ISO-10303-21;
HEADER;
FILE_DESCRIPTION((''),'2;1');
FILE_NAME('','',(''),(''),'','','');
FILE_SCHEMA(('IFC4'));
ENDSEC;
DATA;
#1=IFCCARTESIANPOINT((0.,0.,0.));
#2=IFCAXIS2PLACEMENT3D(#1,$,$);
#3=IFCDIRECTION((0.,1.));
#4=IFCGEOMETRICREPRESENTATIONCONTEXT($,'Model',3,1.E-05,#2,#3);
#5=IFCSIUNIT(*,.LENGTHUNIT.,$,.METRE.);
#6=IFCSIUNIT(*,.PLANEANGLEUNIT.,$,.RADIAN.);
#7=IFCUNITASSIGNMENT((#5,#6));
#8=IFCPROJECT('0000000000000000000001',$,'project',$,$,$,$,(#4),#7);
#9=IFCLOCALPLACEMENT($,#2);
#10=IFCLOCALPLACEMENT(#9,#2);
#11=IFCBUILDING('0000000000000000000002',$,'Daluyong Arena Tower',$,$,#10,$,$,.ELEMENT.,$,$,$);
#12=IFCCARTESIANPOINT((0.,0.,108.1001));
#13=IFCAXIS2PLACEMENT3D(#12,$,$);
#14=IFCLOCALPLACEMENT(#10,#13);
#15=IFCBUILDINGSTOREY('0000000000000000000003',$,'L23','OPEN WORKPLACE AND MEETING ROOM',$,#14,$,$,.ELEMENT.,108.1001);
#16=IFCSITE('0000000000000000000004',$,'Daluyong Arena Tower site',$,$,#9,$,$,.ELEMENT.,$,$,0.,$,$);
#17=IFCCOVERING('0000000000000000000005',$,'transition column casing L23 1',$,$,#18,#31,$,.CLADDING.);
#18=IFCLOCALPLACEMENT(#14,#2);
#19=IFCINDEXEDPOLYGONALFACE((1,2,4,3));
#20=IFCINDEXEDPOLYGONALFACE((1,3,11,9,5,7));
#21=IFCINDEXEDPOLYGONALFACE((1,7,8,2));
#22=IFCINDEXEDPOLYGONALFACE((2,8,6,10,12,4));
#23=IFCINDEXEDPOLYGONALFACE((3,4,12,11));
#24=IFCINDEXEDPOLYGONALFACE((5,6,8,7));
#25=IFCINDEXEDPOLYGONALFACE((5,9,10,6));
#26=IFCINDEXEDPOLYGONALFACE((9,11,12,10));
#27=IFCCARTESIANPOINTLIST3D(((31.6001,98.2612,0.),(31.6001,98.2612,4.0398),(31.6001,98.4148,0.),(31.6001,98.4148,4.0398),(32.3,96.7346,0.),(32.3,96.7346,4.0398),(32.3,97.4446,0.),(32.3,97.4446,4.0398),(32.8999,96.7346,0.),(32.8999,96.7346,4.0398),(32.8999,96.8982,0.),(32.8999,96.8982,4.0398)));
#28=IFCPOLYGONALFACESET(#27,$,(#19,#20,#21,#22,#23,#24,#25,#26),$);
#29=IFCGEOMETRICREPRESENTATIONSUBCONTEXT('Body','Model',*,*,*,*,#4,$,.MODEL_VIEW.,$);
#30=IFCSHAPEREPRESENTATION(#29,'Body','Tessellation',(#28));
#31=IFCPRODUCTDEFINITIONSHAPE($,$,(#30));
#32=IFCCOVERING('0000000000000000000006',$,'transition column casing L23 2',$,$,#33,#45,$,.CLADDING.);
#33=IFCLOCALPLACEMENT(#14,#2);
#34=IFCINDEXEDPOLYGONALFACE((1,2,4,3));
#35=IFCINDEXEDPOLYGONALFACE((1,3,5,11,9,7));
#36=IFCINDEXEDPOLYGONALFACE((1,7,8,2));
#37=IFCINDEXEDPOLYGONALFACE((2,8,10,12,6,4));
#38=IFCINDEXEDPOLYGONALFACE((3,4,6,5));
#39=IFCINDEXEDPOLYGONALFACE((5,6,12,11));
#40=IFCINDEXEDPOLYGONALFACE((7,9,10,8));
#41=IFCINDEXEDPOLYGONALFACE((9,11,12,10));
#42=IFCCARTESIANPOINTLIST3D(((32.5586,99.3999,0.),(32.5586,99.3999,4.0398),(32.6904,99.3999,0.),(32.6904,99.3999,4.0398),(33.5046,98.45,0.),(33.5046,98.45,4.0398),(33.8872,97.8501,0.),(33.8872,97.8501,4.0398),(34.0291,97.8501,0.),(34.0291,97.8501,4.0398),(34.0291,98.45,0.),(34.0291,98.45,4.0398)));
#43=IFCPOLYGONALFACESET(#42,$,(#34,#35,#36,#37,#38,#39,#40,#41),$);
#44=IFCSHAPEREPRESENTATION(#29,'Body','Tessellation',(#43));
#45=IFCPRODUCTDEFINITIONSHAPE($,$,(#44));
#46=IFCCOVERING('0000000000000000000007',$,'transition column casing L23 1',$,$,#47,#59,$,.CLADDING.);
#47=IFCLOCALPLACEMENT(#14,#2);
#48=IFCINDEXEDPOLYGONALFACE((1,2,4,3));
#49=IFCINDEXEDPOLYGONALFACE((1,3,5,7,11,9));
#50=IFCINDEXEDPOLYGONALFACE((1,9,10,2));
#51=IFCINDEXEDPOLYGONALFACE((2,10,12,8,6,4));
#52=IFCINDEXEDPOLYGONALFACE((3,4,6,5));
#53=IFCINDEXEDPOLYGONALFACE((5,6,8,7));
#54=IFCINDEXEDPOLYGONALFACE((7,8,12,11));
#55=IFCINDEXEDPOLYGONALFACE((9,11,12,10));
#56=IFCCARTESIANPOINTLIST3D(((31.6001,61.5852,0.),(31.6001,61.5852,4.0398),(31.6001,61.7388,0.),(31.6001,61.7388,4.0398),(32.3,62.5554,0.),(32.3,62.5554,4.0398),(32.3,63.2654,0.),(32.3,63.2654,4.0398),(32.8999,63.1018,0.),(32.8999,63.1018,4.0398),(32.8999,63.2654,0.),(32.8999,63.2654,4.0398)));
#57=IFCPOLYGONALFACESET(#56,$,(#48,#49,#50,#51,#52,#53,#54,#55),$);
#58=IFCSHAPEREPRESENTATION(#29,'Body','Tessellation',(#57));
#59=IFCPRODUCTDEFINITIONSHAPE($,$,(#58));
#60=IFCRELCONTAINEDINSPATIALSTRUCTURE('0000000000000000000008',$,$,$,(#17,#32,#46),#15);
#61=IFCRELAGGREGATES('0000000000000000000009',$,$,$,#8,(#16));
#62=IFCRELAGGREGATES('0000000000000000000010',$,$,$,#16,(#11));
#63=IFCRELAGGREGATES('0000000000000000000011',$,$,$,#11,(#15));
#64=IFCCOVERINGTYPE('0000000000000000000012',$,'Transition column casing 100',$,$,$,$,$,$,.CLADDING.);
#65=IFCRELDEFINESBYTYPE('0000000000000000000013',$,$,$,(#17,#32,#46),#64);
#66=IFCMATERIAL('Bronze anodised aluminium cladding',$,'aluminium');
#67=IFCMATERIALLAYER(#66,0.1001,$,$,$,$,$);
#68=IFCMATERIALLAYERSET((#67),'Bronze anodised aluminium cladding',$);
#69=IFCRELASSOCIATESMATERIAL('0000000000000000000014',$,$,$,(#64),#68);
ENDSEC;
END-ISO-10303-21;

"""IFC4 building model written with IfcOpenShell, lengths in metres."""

from ifc_helpers import new_model, si_unit, direction, frame, origin, place, context, subcontext, project, spatial, polyline, outline, extrude, material, layer, layer_set, type_object, element, save


model = new_model("IFC4")

# Units and contexts
model_context = context("Model", 3, precision=1e-05, world=origin(), true_north=direction((0.0, 1.0)))
body_context = subcontext(model_context, "Body", "Model", "MODEL_VIEW")
ifc_project = project(units=[si_unit("LENGTHUNIT", "METRE"), si_unit("PLANEANGLEUNIT", "RADIAN")], contexts=[model_context])

# Site, building, storey
site_placement = place(None, origin())
site = spatial("IfcSite", under=ifc_project, at=site_placement, Name="Daluyong Arena Tower site", CompositionType="ELEMENT", RefElevation=0.0)
building_placement = place(site_placement, origin())
building = spatial("IfcBuilding", under=site, at=building_placement, Name="Daluyong Arena Tower", CompositionType="ELEMENT")
storey_placement = place(building_placement, frame((0.0, 0.0, 108.1001)))
storey = spatial("IfcBuildingStorey", under=building, at=storey_placement, Name="L23", Description="OPEN WORKPLACE AND MEETING ROOM", CompositionType="ELEMENT", Elevation=108.1001)

# Coverings
ifc_material_1 = material(Name="Bronze anodised aluminium cladding", Category="aluminium")
ifc_layer_1 = layer(ifc_material_1, 0.1001)
ifc_layer_set_1 = layer_set([ifc_layer_1], Name="Bronze anodised aluminium cladding")
covering_type = type_object("IfcCoveringType", Name="Transition column casing 100", PredefinedType="CLADDING", material=ifc_layer_set_1)
covering_1_placement = place(storey_placement, origin())
element("IfcCovering", 1, at=covering_1_placement, inside=storey, type_object=covering_type, Name="transition column casing L23 1", PredefinedType="CLADDING", context=body_context, shape_type="SweptSolid", body=[
    extrude(outline(polyline([(32.8999, 96.8982), (32.8999, 96.7346), (32.3, 96.7346), (32.3, 97.4446), (31.6001, 98.2612), (31.6001, 98.4148), (32.8999, 96.8982)])), origin(), (0.0, 0.0, 1.0), 4.0398),
])
covering_2_placement = place(storey_placement, origin())
element("IfcCovering", 2, at=covering_2_placement, inside=storey, type_object=covering_type, Name="transition column casing L23 2", PredefinedType="CLADDING", context=body_context, shape_type="SweptSolid", body=[
    extrude(outline(polyline([(33.5046, 98.45), (34.0291, 98.45), (34.0291, 97.8501), (33.8872, 97.8501), (32.5586, 99.3999), (32.6904, 99.3999), (33.5046, 98.45)])), origin(), (0.0, 0.0, 1.0), 4.0398),
])
covering_3_placement = place(storey_placement, origin())
element("IfcCovering", 3, at=covering_3_placement, inside=storey, type_object=covering_type, Name="transition column casing L23 1", PredefinedType="CLADDING", context=body_context, shape_type="SweptSolid", body=[
    extrude(outline(polyline([(32.3, 62.5554), (32.3, 63.2654), (32.8999, 63.2654), (32.8999, 63.1018), (31.6001, 61.5852), (31.6001, 61.7388), (32.3, 62.5554)])), origin(), (0.0, 0.0, 1.0), 4.0398),
])

save(model, "model.ifc")
